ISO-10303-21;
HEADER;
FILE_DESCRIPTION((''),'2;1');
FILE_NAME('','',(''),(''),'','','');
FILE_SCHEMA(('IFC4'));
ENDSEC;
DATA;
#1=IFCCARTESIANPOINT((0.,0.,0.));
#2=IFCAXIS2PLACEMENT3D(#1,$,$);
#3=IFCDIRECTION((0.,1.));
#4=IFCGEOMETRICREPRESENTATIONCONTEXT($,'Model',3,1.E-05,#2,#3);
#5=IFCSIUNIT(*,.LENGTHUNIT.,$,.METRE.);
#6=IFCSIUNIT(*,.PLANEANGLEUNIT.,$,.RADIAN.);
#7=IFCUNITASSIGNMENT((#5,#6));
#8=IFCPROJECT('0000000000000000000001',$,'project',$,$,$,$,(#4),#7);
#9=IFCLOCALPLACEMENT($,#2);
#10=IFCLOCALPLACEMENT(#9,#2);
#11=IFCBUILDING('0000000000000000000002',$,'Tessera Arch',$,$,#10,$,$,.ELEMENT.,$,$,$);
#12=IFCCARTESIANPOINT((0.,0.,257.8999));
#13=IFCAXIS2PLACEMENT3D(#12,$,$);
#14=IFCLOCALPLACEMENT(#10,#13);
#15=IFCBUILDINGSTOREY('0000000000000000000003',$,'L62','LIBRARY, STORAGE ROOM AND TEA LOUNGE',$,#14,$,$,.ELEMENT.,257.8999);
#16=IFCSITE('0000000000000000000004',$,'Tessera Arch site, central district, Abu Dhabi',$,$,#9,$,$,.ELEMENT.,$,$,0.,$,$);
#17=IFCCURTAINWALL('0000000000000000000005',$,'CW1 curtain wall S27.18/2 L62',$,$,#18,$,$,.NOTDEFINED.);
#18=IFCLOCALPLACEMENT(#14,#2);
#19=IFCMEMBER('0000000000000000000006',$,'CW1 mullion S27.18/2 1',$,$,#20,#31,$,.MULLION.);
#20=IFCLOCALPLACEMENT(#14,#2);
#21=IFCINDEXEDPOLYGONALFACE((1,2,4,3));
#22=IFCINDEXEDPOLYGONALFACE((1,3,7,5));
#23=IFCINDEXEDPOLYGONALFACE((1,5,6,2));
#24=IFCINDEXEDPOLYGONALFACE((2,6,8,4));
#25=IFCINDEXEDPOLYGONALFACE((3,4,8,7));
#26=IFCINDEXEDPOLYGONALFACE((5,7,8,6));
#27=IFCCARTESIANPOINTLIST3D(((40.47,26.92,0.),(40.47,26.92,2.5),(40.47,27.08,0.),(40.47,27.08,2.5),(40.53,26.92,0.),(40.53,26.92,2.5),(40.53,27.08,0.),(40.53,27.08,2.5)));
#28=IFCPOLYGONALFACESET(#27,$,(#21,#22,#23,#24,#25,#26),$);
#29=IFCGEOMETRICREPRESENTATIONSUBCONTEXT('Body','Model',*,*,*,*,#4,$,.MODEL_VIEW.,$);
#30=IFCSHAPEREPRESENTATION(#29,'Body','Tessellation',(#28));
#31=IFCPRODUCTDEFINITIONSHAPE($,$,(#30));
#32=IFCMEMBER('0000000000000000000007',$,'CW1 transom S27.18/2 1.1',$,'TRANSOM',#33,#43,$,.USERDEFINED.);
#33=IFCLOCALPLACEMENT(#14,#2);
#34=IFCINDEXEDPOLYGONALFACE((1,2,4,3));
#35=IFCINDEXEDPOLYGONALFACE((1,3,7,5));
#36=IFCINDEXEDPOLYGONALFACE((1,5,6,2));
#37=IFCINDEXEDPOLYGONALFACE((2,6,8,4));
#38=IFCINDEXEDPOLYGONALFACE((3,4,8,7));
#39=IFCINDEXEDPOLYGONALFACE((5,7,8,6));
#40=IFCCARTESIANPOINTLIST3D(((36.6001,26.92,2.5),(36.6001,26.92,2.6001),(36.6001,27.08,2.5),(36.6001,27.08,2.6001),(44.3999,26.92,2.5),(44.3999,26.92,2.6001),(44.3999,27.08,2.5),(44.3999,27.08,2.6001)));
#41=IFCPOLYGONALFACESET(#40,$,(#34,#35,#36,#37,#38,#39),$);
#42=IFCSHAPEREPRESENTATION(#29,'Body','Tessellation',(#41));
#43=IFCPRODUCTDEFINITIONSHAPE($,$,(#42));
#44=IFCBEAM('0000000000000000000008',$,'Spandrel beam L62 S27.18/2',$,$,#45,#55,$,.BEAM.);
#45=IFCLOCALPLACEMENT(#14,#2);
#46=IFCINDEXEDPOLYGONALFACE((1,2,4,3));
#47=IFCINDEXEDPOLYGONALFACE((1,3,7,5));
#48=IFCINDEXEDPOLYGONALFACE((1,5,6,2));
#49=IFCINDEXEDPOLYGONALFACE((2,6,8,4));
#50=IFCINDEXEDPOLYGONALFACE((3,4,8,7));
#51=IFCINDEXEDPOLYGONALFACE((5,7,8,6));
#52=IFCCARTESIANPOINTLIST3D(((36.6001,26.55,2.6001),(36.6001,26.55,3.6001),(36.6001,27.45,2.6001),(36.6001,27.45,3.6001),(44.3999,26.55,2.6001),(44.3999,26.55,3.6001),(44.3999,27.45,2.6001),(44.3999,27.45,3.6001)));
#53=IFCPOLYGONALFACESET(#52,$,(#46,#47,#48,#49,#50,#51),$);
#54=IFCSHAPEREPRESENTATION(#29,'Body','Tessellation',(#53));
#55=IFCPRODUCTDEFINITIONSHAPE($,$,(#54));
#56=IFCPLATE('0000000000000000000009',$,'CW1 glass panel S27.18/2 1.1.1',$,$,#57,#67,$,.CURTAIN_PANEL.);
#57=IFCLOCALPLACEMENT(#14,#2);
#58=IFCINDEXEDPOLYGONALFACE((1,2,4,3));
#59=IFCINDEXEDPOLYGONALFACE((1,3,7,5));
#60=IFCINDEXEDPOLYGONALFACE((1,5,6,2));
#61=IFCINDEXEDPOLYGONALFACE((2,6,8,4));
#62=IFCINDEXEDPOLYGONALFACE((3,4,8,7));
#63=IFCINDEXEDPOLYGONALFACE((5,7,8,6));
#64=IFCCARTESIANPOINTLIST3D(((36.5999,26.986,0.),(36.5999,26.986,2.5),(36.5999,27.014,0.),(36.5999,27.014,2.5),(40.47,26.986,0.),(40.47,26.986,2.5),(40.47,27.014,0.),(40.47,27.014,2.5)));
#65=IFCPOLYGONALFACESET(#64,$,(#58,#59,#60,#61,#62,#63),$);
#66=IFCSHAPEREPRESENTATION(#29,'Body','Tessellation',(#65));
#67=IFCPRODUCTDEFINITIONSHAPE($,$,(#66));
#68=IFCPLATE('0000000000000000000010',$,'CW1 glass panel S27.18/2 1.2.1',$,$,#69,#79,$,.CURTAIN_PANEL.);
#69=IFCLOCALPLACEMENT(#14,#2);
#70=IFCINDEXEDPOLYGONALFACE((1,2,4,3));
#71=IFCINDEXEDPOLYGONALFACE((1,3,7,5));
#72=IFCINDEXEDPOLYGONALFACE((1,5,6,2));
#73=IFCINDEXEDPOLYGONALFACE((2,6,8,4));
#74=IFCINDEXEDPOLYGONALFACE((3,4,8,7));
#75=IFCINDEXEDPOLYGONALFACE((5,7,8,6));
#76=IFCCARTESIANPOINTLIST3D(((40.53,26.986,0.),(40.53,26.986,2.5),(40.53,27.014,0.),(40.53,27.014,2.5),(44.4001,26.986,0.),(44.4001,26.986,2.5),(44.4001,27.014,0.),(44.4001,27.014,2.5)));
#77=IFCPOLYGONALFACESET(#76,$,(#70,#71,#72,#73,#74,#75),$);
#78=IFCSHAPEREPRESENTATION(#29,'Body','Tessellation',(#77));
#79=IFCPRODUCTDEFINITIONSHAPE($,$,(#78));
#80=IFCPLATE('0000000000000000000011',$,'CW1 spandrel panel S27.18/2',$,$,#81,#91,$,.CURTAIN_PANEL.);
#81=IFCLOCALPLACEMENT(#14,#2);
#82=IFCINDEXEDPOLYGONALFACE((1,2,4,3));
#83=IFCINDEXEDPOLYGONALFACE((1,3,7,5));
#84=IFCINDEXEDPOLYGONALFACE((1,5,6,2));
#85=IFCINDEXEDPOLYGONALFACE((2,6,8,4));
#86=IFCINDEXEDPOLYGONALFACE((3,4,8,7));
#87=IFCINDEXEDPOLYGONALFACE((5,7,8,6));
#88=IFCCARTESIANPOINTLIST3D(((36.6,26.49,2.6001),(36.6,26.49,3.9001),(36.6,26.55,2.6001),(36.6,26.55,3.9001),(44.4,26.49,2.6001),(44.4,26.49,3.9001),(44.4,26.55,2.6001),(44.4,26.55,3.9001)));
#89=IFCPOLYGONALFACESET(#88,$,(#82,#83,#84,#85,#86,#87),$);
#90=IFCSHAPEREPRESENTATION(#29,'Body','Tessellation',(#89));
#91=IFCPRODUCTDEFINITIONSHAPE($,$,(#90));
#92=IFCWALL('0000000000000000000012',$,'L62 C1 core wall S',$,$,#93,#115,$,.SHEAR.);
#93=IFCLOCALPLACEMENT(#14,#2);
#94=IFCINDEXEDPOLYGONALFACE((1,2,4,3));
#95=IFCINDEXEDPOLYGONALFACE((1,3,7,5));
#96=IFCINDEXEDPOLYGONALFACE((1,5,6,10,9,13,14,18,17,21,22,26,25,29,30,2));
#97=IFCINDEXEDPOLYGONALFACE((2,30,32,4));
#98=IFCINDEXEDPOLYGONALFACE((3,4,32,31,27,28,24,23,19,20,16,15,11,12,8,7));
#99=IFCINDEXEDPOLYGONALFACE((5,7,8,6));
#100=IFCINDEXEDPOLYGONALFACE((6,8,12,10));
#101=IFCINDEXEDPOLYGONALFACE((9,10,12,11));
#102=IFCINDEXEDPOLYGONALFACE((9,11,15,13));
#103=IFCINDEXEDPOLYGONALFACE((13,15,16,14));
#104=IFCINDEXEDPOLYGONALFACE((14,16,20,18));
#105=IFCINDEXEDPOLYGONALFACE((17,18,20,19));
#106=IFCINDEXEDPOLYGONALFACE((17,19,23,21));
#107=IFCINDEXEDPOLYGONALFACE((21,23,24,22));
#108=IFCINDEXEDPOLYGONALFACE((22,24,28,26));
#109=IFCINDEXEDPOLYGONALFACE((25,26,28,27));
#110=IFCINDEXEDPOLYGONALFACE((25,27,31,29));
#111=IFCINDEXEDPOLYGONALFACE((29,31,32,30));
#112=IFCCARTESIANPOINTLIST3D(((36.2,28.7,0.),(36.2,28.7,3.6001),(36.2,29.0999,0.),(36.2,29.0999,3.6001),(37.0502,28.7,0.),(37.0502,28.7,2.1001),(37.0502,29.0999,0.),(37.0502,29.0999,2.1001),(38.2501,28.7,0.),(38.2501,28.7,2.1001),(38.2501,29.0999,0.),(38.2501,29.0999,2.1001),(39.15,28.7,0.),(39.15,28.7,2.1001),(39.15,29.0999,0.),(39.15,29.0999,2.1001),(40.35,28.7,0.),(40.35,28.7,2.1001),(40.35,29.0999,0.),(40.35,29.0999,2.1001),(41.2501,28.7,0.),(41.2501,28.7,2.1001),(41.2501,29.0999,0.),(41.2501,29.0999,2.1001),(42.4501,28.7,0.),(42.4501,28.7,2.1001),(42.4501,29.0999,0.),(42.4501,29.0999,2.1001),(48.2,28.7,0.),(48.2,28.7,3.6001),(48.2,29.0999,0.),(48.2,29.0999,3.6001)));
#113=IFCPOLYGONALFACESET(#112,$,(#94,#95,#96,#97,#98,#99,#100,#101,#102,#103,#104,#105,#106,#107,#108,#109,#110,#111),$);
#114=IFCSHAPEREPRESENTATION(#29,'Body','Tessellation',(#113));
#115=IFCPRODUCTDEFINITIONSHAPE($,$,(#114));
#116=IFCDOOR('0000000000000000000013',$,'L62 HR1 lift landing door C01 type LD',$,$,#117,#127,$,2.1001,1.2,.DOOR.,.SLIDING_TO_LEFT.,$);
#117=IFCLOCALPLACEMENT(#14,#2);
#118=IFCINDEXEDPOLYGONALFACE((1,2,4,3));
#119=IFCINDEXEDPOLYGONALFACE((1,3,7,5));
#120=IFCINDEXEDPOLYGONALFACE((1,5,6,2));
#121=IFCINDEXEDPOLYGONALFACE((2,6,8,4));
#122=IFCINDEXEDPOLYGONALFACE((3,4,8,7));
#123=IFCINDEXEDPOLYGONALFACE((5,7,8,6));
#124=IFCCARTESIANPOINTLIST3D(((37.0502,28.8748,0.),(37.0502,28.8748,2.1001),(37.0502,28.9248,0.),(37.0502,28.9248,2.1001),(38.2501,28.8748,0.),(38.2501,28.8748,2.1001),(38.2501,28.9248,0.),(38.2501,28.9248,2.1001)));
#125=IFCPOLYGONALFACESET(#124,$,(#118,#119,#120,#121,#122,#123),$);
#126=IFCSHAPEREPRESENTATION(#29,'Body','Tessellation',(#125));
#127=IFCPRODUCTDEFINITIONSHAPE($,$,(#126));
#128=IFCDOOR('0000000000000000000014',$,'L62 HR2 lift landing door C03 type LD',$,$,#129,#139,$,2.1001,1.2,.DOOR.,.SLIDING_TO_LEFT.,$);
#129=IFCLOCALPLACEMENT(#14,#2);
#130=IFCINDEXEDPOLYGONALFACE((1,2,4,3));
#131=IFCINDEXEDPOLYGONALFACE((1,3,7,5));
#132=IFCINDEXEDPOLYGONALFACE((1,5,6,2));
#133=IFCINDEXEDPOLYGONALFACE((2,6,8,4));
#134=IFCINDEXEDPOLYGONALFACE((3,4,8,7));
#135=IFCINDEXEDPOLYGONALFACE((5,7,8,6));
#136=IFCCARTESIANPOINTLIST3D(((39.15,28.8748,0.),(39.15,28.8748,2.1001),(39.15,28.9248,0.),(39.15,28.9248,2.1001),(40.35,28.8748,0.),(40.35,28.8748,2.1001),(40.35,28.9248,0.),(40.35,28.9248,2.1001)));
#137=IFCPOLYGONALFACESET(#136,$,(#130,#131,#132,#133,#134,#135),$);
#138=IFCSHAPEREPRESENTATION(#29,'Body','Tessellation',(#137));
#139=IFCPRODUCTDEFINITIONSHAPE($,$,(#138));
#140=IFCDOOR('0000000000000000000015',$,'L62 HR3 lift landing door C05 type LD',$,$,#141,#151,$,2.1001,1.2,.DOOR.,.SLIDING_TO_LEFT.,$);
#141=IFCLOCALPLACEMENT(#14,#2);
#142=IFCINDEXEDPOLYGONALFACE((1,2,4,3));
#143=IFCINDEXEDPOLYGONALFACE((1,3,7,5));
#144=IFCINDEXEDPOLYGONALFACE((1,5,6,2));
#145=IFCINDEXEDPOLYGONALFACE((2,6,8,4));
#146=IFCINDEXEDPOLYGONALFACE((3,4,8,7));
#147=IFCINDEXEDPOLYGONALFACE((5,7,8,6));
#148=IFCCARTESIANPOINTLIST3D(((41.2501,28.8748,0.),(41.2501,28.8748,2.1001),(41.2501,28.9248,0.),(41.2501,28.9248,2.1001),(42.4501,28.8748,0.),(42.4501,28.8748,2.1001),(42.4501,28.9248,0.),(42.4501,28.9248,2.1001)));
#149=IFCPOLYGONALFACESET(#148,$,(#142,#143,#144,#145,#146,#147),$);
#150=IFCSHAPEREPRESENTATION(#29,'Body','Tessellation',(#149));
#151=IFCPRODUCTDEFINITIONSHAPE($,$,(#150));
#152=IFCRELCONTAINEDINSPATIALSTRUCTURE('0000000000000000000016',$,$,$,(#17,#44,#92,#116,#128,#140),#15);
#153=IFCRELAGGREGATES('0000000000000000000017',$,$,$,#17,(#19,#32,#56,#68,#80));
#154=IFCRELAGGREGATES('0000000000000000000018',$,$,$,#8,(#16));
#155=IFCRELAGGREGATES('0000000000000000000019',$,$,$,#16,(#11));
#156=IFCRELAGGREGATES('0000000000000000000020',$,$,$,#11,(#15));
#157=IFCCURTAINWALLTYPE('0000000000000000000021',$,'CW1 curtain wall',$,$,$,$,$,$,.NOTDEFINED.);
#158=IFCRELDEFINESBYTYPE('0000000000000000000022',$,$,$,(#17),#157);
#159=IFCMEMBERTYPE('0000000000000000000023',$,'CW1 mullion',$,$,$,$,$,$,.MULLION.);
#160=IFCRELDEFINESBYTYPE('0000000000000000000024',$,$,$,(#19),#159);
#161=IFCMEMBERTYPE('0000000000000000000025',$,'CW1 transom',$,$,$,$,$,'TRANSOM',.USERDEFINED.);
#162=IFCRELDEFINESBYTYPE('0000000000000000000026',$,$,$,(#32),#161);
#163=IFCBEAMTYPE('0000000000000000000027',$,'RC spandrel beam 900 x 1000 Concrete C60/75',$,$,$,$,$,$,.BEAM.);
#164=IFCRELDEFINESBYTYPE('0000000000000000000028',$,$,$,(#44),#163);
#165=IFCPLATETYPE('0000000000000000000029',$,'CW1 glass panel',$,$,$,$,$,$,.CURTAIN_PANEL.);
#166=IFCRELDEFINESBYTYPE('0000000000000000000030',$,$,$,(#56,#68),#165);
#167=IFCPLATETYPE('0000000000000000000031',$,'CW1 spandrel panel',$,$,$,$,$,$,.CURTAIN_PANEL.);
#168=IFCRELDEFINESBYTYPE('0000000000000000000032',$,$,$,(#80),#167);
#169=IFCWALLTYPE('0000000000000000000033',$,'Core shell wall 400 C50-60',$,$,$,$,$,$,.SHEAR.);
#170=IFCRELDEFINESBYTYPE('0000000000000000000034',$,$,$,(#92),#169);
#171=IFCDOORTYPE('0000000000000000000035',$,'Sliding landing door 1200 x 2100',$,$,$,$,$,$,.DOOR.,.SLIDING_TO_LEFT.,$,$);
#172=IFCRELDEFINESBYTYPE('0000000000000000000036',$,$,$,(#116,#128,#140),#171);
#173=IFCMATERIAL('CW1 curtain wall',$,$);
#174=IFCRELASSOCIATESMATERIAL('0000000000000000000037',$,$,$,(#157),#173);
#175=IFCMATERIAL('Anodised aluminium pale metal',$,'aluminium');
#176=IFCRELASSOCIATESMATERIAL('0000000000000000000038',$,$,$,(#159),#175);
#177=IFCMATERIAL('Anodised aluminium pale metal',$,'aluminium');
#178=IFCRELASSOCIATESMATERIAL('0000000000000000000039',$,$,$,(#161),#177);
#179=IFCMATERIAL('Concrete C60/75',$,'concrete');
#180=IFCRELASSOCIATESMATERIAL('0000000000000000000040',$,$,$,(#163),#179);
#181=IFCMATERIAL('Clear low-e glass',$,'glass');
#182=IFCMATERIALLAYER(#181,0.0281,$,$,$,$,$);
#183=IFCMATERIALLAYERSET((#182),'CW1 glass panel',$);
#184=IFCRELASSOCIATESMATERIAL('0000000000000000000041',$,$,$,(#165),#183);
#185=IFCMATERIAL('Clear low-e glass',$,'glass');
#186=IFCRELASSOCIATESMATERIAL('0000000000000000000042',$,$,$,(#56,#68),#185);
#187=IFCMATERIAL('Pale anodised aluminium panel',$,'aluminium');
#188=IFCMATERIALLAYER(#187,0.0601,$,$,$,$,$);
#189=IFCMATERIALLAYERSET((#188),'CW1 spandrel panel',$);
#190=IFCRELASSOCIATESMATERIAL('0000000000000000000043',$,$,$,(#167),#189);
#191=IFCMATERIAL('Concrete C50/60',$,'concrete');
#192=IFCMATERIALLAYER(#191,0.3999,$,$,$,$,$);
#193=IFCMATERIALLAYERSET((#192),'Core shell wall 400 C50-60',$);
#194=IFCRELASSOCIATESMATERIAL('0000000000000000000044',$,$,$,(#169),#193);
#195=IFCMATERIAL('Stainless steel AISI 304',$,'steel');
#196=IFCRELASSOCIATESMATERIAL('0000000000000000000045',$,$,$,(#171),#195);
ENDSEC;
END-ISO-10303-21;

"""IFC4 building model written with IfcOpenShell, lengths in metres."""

from ifc_helpers import new_model, si_unit, direction, frame, frame_2d, origin, origin_2d, place, context, subcontext, project, spatial, rectangle, extrude, material, layer, layer_set, material_profile, profile_set, type_object, element, fill, aggregate, save


model = new_model("IFC4")

# Units and contexts
model_context = context("Model", 3, precision=1e-05, world=origin(), true_north=direction((0.0, 1.0)))
body_context = subcontext(model_context, "Body", "Model", "MODEL_VIEW")
ifc_project = project(units=[si_unit("LENGTHUNIT", "METRE"), si_unit("PLANEANGLEUNIT", "RADIAN")], contexts=[model_context])

# Site, building, storey
site_placement = place(None, origin())
site = spatial("IfcSite", under=ifc_project, at=site_placement, Name="Tessera Arch site, central district, Abu Dhabi", CompositionType="ELEMENT", RefElevation=0.0)
building_placement = place(site_placement, origin())
building = spatial("IfcBuilding", under=site, at=building_placement, Name="Tessera Arch", CompositionType="ELEMENT")
storey_placement = place(building_placement, frame((0.0, 0.0, 257.8999)))
storey = spatial("IfcBuildingStorey", under=building, at=storey_placement, Name="L62", Description="LIBRARY, STORAGE ROOM AND TEA LOUNGE", CompositionType="ELEMENT", Elevation=257.8999)

# Curtain wall, members
ifc_material_1 = material(Name="CW1 curtain wall")
curtain_wall_type = type_object("IfcCurtainWallType", Name="CW1 curtain wall", PredefinedType="NOTDEFINED", material=ifc_material_1)
curtain_wall_placement = place(storey_placement, origin())
curtain_wall = element("IfcCurtainWall", 1, at=curtain_wall_placement, inside=storey, type_object=curtain_wall_type, Name="CW1 curtain wall S27.18/2 L62", PredefinedType="NOTDEFINED")
ifc_material_2 = material(Name="Anodised aluminium pale metal", Category="aluminium")
ifc_material_profile_1 = material_profile(ifc_material_2, rectangle(XDim=0.1599, YDim=0.0601, at=origin_2d()), Name="AL 60x160")
ifc_profile_set_1 = profile_set([ifc_material_profile_1], Name="Anodised aluminium pale metal")
member_type_1 = type_object("IfcMemberType", Name="CW1 mullion", PredefinedType="MULLION", material=ifc_profile_set_1)
member_1_placement = place(storey_placement, frame((40.5, 27.0, 0.0), z_axis=(0.0, 0.0, 1.0), x_axis=(0.0, 1.0, 0.0)))
member_1 = element("IfcMember", 2, at=member_1_placement, type_object=member_type_1, Name="CW1 mullion S27.18/2 1", PredefinedType="MULLION", context=body_context, shape_type="SweptSolid", body=[
    extrude(rectangle(XDim=0.1599, YDim=0.0601, at=origin_2d()), origin(), (0.0, 0.0, 1.0), 2.5),
])
ifc_material_3 = material(Name="Anodised aluminium pale metal", Category="aluminium")
ifc_material_profile_2 = material_profile(ifc_material_3, rectangle(XDim=0.1599, YDim=0.1001, at=origin_2d()), Name="AL 160x100")
ifc_profile_set_2 = profile_set([ifc_material_profile_2], Name="Anodised aluminium pale metal")
member_type_2 = type_object("IfcMemberType", Name="CW1 transom", ElementType="TRANSOM", PredefinedType="USERDEFINED", material=ifc_profile_set_2)
member_2_placement = place(storey_placement, frame((36.6001, 27.0, 2.55), z_axis=(1.0, 0.0, 0.0), x_axis=(0.0, 1.0, 0.0)))
member_2 = element("IfcMember", 3, at=member_2_placement, type_object=member_type_2, Name="CW1 transom S27.18/2 1.1", ObjectType="TRANSOM", PredefinedType="USERDEFINED", context=body_context, shape_type="SweptSolid", body=[
    extrude(rectangle(XDim=0.1599, YDim=0.1001, at=origin_2d()), origin(), (0.0, 0.0, 1.0), 7.7998),
])

# Beam
ifc_material_4 = material(Name="Concrete C60/75", Category="concrete")
ifc_material_profile_3 = material_profile(ifc_material_4, rectangle(XDim=0.8999, YDim=1.0, at=origin_2d()), Name="RC spandrel beam 900 x 1000 Concrete C60/75")
ifc_profile_set_3 = profile_set([ifc_material_profile_3], Name="Concrete C60/75")
beam_type = type_object("IfcBeamType", Name="RC spandrel beam 900 x 1000 Concrete C60/75", PredefinedType="BEAM", material=ifc_profile_set_3)
beam_placement = place(storey_placement, frame((36.6001, 27.0, 3.1001), z_axis=(1.0, 0.0, 0.0), x_axis=(0.0, 1.0, 0.0)))
element("IfcBeam", 4, at=beam_placement, inside=storey, type_object=beam_type, Name="Spandrel beam L62 S27.18/2", PredefinedType="BEAM", context=body_context, shape_type="SweptSolid", body=[
    extrude(rectangle(XDim=0.8999, YDim=1.0, at=origin_2d()), origin(), (0.0, 0.0, 1.0), 7.7998),
])

# Plates
ifc_material_5 = material(Name="Clear low-e glass", Category="glass")
ifc_material_6 = material(Name="Clear low-e glass", Category="glass")
ifc_layer_1 = layer(ifc_material_6, 0.0281)
ifc_layer_set_1 = layer_set([ifc_layer_1], Name="CW1 glass panel")
plate_type_1 = type_object("IfcPlateType", Name="CW1 glass panel", PredefinedType="CURTAIN_PANEL", material=ifc_layer_set_1)
plate_1_placement = place(storey_placement, frame((38.5349, 27.0, 0.0), z_axis=(0.0, 0.0, 1.0), x_axis=(1.0, 0.0, 0.0)))
plate_1 = element("IfcPlate", 5, at=plate_1_placement, type_object=plate_type_1, material=ifc_material_5, Name="CW1 glass panel S27.18/2 1.1.1", PredefinedType="CURTAIN_PANEL", context=body_context, shape_type="SweptSolid", body=[
    extrude(rectangle(XDim=3.8701, YDim=0.0281, at=origin_2d()), origin(), (0.0, 0.0, 1.0), 2.5),
])
plate_2_placement = place(storey_placement, frame((42.4651, 27.0, 0.0), z_axis=(0.0, 0.0, 1.0), x_axis=(1.0, 0.0, 0.0)))
plate_2 = element("IfcPlate", 6, at=plate_2_placement, type_object=plate_type_1, material=ifc_material_5, Name="CW1 glass panel S27.18/2 1.2.1", PredefinedType="CURTAIN_PANEL", context=body_context, shape_type="SweptSolid", body=[
    extrude(rectangle(XDim=3.8701, YDim=0.0281, at=origin_2d()), origin(), (0.0, 0.0, 1.0), 2.5),
])
ifc_material_7 = material(Name="Pale anodised aluminium panel", Category="aluminium")
ifc_layer_2 = layer(ifc_material_7, 0.0601)
ifc_layer_set_2 = layer_set([ifc_layer_2], Name="CW1 spandrel panel")
plate_type_2 = type_object("IfcPlateType", Name="CW1 spandrel panel", PredefinedType="CURTAIN_PANEL", material=ifc_layer_set_2)
plate_3_placement = place(storey_placement, frame((40.5, 26.52, 2.6001), z_axis=(0.0, 0.0, 1.0), x_axis=(1.0, 0.0, 0.0)))
plate_3 = element("IfcPlate", 7, at=plate_3_placement, type_object=plate_type_2, Name="CW1 spandrel panel S27.18/2", PredefinedType="CURTAIN_PANEL", context=body_context, shape_type="SweptSolid", body=[
    extrude(rectangle(XDim=7.8, YDim=0.0601, at=origin_2d()), origin(), (0.0, 0.0, 1.0), 1.3),
])
aggregate(curtain_wall, [member_1, member_2, plate_1, plate_2, plate_3])

# Wall, openings, doors
ifc_material_8 = material(Name="Concrete C50/60", Category="concrete")
ifc_layer_3 = layer(ifc_material_8, 0.3999)
ifc_layer_set_3 = layer_set([ifc_layer_3], Name="Core shell wall 400 C50-60")
wall_type_1 = type_object("IfcWallType", Name="Core shell wall 400 C50-60", PredefinedType="SHEAR", material=ifc_layer_set_3)
wall_1_placement = place(storey_placement, frame((36.2, 28.8999, 0.0), z_axis=(0.0, 0.0, 1.0), x_axis=(1.0, 0.0, 0.0)))
wall_1 = element("IfcWall", 8, at=wall_1_placement, inside=storey, type_object=wall_type_1, Name="L62 C1 core wall S", PredefinedType="SHEAR", context=body_context, shape_type="SweptSolid", body=[
    extrude(rectangle(XDim=12.0, YDim=0.3999, at=frame_2d((6.0, 0.0))), origin(), (0.0, 0.0, 1.0), 3.6001),
])
opening_1_placement = place(wall_1_placement, frame((0.8501, 0.0, 0.0)))
opening_1 = element("IfcOpeningElement", 9, at=opening_1_placement, cuts=wall_1, PredefinedType="OPENING", context=body_context, shape_type="SweptSolid", body=[
    extrude(rectangle(XDim=1.2, YDim=2.1001, at=frame_2d((0.6001, 1.05))), frame((0.0, 0.21, 0.0), z_axis=(0.0, -1.0, 0.0), x_axis=(1.0, 0.0, 0.0)), (0.0, 0.0, 1.0), 0.4199),
])
opening_2_placement = place(wall_1_placement, frame((2.95, 0.0, 0.0)))
opening_2 = element("IfcOpeningElement", 10, at=opening_2_placement, cuts=wall_1, PredefinedType="OPENING", context=body_context, shape_type="SweptSolid", body=[
    extrude(rectangle(XDim=1.2, YDim=2.1001, at=frame_2d((0.6001, 1.05))), frame((0.0, 0.21, 0.0), z_axis=(0.0, -1.0, 0.0), x_axis=(1.0, 0.0, 0.0)), (0.0, 0.0, 1.0), 0.4199),
])
opening_3_placement = place(wall_1_placement, frame((5.05, 0.0, 0.0)))
opening_3 = element("IfcOpeningElement", 11, at=opening_3_placement, cuts=wall_1, PredefinedType="OPENING", context=body_context, shape_type="SweptSolid", body=[
    extrude(rectangle(XDim=1.2, YDim=2.1001, at=frame_2d((0.6001, 1.05))), frame((0.0, 0.21, 0.0), z_axis=(0.0, -1.0, 0.0), x_axis=(1.0, 0.0, 0.0)), (0.0, 0.0, 1.0), 0.4199),
])
ifc_material_9 = material(Name="Stainless steel AISI 304", Category="steel")
door_type_1 = type_object("IfcDoorType", Name="Sliding landing door 1200 x 2100", OperationType="SLIDING_TO_LEFT", PredefinedType="DOOR", material=ifc_material_9)
door_1_placement = place(opening_1_placement, origin())
door_1 = element("IfcDoor", 12, at=door_1_placement, inside=storey, type_object=door_type_1, Name="L62 HR1 lift landing door C01 type LD", OperationType="SLIDING_TO_LEFT", OverallHeight=2.1001, OverallWidth=1.2, PredefinedType="DOOR", context=body_context, shape_type="SweptSolid", body=[
    extrude(rectangle(XDim=1.2, YDim=2.1001, at=frame_2d((0.6001, 1.05))), frame((0.0, 0.0249, 0.0), z_axis=(0.0, -1.0, 0.0), x_axis=(1.0, 0.0, 0.0)), (0.0, 0.0, 1.0), 0.05),
])
fill(opening_1, door_1)
door_2_placement = place(opening_2_placement, origin())
door_2 = element("IfcDoor", 13, at=door_2_placement, inside=storey, type_object=door_type_1, Name="L62 HR2 lift landing door C03 type LD", OperationType="SLIDING_TO_LEFT", OverallHeight=2.1001, OverallWidth=1.2, PredefinedType="DOOR", context=body_context, shape_type="SweptSolid", body=[
    extrude(rectangle(XDim=1.2, YDim=2.1001, at=frame_2d((0.6001, 1.05))), frame((0.0, 0.0249, 0.0), z_axis=(0.0, -1.0, 0.0), x_axis=(1.0, 0.0, 0.0)), (0.0, 0.0, 1.0), 0.05),
])
fill(opening_2, door_2)
door_3_placement = place(opening_3_placement, origin())
door_3 = element("IfcDoor", 14, at=door_3_placement, inside=storey, type_object=door_type_1, Name="L62 HR3 lift landing door C05 type LD", OperationType="SLIDING_TO_LEFT", OverallHeight=2.1001, OverallWidth=1.2, PredefinedType="DOOR", context=body_context, shape_type="SweptSolid", body=[
    extrude(rectangle(XDim=1.2, YDim=2.1001, at=frame_2d((0.6001, 1.05))), frame((0.0, 0.0249, 0.0), z_axis=(0.0, -1.0, 0.0), x_axis=(1.0, 0.0, 0.0)), (0.0, 0.0, 1.0), 0.05),
])
fill(opening_3, door_3)

save(model, "model.ifc")
